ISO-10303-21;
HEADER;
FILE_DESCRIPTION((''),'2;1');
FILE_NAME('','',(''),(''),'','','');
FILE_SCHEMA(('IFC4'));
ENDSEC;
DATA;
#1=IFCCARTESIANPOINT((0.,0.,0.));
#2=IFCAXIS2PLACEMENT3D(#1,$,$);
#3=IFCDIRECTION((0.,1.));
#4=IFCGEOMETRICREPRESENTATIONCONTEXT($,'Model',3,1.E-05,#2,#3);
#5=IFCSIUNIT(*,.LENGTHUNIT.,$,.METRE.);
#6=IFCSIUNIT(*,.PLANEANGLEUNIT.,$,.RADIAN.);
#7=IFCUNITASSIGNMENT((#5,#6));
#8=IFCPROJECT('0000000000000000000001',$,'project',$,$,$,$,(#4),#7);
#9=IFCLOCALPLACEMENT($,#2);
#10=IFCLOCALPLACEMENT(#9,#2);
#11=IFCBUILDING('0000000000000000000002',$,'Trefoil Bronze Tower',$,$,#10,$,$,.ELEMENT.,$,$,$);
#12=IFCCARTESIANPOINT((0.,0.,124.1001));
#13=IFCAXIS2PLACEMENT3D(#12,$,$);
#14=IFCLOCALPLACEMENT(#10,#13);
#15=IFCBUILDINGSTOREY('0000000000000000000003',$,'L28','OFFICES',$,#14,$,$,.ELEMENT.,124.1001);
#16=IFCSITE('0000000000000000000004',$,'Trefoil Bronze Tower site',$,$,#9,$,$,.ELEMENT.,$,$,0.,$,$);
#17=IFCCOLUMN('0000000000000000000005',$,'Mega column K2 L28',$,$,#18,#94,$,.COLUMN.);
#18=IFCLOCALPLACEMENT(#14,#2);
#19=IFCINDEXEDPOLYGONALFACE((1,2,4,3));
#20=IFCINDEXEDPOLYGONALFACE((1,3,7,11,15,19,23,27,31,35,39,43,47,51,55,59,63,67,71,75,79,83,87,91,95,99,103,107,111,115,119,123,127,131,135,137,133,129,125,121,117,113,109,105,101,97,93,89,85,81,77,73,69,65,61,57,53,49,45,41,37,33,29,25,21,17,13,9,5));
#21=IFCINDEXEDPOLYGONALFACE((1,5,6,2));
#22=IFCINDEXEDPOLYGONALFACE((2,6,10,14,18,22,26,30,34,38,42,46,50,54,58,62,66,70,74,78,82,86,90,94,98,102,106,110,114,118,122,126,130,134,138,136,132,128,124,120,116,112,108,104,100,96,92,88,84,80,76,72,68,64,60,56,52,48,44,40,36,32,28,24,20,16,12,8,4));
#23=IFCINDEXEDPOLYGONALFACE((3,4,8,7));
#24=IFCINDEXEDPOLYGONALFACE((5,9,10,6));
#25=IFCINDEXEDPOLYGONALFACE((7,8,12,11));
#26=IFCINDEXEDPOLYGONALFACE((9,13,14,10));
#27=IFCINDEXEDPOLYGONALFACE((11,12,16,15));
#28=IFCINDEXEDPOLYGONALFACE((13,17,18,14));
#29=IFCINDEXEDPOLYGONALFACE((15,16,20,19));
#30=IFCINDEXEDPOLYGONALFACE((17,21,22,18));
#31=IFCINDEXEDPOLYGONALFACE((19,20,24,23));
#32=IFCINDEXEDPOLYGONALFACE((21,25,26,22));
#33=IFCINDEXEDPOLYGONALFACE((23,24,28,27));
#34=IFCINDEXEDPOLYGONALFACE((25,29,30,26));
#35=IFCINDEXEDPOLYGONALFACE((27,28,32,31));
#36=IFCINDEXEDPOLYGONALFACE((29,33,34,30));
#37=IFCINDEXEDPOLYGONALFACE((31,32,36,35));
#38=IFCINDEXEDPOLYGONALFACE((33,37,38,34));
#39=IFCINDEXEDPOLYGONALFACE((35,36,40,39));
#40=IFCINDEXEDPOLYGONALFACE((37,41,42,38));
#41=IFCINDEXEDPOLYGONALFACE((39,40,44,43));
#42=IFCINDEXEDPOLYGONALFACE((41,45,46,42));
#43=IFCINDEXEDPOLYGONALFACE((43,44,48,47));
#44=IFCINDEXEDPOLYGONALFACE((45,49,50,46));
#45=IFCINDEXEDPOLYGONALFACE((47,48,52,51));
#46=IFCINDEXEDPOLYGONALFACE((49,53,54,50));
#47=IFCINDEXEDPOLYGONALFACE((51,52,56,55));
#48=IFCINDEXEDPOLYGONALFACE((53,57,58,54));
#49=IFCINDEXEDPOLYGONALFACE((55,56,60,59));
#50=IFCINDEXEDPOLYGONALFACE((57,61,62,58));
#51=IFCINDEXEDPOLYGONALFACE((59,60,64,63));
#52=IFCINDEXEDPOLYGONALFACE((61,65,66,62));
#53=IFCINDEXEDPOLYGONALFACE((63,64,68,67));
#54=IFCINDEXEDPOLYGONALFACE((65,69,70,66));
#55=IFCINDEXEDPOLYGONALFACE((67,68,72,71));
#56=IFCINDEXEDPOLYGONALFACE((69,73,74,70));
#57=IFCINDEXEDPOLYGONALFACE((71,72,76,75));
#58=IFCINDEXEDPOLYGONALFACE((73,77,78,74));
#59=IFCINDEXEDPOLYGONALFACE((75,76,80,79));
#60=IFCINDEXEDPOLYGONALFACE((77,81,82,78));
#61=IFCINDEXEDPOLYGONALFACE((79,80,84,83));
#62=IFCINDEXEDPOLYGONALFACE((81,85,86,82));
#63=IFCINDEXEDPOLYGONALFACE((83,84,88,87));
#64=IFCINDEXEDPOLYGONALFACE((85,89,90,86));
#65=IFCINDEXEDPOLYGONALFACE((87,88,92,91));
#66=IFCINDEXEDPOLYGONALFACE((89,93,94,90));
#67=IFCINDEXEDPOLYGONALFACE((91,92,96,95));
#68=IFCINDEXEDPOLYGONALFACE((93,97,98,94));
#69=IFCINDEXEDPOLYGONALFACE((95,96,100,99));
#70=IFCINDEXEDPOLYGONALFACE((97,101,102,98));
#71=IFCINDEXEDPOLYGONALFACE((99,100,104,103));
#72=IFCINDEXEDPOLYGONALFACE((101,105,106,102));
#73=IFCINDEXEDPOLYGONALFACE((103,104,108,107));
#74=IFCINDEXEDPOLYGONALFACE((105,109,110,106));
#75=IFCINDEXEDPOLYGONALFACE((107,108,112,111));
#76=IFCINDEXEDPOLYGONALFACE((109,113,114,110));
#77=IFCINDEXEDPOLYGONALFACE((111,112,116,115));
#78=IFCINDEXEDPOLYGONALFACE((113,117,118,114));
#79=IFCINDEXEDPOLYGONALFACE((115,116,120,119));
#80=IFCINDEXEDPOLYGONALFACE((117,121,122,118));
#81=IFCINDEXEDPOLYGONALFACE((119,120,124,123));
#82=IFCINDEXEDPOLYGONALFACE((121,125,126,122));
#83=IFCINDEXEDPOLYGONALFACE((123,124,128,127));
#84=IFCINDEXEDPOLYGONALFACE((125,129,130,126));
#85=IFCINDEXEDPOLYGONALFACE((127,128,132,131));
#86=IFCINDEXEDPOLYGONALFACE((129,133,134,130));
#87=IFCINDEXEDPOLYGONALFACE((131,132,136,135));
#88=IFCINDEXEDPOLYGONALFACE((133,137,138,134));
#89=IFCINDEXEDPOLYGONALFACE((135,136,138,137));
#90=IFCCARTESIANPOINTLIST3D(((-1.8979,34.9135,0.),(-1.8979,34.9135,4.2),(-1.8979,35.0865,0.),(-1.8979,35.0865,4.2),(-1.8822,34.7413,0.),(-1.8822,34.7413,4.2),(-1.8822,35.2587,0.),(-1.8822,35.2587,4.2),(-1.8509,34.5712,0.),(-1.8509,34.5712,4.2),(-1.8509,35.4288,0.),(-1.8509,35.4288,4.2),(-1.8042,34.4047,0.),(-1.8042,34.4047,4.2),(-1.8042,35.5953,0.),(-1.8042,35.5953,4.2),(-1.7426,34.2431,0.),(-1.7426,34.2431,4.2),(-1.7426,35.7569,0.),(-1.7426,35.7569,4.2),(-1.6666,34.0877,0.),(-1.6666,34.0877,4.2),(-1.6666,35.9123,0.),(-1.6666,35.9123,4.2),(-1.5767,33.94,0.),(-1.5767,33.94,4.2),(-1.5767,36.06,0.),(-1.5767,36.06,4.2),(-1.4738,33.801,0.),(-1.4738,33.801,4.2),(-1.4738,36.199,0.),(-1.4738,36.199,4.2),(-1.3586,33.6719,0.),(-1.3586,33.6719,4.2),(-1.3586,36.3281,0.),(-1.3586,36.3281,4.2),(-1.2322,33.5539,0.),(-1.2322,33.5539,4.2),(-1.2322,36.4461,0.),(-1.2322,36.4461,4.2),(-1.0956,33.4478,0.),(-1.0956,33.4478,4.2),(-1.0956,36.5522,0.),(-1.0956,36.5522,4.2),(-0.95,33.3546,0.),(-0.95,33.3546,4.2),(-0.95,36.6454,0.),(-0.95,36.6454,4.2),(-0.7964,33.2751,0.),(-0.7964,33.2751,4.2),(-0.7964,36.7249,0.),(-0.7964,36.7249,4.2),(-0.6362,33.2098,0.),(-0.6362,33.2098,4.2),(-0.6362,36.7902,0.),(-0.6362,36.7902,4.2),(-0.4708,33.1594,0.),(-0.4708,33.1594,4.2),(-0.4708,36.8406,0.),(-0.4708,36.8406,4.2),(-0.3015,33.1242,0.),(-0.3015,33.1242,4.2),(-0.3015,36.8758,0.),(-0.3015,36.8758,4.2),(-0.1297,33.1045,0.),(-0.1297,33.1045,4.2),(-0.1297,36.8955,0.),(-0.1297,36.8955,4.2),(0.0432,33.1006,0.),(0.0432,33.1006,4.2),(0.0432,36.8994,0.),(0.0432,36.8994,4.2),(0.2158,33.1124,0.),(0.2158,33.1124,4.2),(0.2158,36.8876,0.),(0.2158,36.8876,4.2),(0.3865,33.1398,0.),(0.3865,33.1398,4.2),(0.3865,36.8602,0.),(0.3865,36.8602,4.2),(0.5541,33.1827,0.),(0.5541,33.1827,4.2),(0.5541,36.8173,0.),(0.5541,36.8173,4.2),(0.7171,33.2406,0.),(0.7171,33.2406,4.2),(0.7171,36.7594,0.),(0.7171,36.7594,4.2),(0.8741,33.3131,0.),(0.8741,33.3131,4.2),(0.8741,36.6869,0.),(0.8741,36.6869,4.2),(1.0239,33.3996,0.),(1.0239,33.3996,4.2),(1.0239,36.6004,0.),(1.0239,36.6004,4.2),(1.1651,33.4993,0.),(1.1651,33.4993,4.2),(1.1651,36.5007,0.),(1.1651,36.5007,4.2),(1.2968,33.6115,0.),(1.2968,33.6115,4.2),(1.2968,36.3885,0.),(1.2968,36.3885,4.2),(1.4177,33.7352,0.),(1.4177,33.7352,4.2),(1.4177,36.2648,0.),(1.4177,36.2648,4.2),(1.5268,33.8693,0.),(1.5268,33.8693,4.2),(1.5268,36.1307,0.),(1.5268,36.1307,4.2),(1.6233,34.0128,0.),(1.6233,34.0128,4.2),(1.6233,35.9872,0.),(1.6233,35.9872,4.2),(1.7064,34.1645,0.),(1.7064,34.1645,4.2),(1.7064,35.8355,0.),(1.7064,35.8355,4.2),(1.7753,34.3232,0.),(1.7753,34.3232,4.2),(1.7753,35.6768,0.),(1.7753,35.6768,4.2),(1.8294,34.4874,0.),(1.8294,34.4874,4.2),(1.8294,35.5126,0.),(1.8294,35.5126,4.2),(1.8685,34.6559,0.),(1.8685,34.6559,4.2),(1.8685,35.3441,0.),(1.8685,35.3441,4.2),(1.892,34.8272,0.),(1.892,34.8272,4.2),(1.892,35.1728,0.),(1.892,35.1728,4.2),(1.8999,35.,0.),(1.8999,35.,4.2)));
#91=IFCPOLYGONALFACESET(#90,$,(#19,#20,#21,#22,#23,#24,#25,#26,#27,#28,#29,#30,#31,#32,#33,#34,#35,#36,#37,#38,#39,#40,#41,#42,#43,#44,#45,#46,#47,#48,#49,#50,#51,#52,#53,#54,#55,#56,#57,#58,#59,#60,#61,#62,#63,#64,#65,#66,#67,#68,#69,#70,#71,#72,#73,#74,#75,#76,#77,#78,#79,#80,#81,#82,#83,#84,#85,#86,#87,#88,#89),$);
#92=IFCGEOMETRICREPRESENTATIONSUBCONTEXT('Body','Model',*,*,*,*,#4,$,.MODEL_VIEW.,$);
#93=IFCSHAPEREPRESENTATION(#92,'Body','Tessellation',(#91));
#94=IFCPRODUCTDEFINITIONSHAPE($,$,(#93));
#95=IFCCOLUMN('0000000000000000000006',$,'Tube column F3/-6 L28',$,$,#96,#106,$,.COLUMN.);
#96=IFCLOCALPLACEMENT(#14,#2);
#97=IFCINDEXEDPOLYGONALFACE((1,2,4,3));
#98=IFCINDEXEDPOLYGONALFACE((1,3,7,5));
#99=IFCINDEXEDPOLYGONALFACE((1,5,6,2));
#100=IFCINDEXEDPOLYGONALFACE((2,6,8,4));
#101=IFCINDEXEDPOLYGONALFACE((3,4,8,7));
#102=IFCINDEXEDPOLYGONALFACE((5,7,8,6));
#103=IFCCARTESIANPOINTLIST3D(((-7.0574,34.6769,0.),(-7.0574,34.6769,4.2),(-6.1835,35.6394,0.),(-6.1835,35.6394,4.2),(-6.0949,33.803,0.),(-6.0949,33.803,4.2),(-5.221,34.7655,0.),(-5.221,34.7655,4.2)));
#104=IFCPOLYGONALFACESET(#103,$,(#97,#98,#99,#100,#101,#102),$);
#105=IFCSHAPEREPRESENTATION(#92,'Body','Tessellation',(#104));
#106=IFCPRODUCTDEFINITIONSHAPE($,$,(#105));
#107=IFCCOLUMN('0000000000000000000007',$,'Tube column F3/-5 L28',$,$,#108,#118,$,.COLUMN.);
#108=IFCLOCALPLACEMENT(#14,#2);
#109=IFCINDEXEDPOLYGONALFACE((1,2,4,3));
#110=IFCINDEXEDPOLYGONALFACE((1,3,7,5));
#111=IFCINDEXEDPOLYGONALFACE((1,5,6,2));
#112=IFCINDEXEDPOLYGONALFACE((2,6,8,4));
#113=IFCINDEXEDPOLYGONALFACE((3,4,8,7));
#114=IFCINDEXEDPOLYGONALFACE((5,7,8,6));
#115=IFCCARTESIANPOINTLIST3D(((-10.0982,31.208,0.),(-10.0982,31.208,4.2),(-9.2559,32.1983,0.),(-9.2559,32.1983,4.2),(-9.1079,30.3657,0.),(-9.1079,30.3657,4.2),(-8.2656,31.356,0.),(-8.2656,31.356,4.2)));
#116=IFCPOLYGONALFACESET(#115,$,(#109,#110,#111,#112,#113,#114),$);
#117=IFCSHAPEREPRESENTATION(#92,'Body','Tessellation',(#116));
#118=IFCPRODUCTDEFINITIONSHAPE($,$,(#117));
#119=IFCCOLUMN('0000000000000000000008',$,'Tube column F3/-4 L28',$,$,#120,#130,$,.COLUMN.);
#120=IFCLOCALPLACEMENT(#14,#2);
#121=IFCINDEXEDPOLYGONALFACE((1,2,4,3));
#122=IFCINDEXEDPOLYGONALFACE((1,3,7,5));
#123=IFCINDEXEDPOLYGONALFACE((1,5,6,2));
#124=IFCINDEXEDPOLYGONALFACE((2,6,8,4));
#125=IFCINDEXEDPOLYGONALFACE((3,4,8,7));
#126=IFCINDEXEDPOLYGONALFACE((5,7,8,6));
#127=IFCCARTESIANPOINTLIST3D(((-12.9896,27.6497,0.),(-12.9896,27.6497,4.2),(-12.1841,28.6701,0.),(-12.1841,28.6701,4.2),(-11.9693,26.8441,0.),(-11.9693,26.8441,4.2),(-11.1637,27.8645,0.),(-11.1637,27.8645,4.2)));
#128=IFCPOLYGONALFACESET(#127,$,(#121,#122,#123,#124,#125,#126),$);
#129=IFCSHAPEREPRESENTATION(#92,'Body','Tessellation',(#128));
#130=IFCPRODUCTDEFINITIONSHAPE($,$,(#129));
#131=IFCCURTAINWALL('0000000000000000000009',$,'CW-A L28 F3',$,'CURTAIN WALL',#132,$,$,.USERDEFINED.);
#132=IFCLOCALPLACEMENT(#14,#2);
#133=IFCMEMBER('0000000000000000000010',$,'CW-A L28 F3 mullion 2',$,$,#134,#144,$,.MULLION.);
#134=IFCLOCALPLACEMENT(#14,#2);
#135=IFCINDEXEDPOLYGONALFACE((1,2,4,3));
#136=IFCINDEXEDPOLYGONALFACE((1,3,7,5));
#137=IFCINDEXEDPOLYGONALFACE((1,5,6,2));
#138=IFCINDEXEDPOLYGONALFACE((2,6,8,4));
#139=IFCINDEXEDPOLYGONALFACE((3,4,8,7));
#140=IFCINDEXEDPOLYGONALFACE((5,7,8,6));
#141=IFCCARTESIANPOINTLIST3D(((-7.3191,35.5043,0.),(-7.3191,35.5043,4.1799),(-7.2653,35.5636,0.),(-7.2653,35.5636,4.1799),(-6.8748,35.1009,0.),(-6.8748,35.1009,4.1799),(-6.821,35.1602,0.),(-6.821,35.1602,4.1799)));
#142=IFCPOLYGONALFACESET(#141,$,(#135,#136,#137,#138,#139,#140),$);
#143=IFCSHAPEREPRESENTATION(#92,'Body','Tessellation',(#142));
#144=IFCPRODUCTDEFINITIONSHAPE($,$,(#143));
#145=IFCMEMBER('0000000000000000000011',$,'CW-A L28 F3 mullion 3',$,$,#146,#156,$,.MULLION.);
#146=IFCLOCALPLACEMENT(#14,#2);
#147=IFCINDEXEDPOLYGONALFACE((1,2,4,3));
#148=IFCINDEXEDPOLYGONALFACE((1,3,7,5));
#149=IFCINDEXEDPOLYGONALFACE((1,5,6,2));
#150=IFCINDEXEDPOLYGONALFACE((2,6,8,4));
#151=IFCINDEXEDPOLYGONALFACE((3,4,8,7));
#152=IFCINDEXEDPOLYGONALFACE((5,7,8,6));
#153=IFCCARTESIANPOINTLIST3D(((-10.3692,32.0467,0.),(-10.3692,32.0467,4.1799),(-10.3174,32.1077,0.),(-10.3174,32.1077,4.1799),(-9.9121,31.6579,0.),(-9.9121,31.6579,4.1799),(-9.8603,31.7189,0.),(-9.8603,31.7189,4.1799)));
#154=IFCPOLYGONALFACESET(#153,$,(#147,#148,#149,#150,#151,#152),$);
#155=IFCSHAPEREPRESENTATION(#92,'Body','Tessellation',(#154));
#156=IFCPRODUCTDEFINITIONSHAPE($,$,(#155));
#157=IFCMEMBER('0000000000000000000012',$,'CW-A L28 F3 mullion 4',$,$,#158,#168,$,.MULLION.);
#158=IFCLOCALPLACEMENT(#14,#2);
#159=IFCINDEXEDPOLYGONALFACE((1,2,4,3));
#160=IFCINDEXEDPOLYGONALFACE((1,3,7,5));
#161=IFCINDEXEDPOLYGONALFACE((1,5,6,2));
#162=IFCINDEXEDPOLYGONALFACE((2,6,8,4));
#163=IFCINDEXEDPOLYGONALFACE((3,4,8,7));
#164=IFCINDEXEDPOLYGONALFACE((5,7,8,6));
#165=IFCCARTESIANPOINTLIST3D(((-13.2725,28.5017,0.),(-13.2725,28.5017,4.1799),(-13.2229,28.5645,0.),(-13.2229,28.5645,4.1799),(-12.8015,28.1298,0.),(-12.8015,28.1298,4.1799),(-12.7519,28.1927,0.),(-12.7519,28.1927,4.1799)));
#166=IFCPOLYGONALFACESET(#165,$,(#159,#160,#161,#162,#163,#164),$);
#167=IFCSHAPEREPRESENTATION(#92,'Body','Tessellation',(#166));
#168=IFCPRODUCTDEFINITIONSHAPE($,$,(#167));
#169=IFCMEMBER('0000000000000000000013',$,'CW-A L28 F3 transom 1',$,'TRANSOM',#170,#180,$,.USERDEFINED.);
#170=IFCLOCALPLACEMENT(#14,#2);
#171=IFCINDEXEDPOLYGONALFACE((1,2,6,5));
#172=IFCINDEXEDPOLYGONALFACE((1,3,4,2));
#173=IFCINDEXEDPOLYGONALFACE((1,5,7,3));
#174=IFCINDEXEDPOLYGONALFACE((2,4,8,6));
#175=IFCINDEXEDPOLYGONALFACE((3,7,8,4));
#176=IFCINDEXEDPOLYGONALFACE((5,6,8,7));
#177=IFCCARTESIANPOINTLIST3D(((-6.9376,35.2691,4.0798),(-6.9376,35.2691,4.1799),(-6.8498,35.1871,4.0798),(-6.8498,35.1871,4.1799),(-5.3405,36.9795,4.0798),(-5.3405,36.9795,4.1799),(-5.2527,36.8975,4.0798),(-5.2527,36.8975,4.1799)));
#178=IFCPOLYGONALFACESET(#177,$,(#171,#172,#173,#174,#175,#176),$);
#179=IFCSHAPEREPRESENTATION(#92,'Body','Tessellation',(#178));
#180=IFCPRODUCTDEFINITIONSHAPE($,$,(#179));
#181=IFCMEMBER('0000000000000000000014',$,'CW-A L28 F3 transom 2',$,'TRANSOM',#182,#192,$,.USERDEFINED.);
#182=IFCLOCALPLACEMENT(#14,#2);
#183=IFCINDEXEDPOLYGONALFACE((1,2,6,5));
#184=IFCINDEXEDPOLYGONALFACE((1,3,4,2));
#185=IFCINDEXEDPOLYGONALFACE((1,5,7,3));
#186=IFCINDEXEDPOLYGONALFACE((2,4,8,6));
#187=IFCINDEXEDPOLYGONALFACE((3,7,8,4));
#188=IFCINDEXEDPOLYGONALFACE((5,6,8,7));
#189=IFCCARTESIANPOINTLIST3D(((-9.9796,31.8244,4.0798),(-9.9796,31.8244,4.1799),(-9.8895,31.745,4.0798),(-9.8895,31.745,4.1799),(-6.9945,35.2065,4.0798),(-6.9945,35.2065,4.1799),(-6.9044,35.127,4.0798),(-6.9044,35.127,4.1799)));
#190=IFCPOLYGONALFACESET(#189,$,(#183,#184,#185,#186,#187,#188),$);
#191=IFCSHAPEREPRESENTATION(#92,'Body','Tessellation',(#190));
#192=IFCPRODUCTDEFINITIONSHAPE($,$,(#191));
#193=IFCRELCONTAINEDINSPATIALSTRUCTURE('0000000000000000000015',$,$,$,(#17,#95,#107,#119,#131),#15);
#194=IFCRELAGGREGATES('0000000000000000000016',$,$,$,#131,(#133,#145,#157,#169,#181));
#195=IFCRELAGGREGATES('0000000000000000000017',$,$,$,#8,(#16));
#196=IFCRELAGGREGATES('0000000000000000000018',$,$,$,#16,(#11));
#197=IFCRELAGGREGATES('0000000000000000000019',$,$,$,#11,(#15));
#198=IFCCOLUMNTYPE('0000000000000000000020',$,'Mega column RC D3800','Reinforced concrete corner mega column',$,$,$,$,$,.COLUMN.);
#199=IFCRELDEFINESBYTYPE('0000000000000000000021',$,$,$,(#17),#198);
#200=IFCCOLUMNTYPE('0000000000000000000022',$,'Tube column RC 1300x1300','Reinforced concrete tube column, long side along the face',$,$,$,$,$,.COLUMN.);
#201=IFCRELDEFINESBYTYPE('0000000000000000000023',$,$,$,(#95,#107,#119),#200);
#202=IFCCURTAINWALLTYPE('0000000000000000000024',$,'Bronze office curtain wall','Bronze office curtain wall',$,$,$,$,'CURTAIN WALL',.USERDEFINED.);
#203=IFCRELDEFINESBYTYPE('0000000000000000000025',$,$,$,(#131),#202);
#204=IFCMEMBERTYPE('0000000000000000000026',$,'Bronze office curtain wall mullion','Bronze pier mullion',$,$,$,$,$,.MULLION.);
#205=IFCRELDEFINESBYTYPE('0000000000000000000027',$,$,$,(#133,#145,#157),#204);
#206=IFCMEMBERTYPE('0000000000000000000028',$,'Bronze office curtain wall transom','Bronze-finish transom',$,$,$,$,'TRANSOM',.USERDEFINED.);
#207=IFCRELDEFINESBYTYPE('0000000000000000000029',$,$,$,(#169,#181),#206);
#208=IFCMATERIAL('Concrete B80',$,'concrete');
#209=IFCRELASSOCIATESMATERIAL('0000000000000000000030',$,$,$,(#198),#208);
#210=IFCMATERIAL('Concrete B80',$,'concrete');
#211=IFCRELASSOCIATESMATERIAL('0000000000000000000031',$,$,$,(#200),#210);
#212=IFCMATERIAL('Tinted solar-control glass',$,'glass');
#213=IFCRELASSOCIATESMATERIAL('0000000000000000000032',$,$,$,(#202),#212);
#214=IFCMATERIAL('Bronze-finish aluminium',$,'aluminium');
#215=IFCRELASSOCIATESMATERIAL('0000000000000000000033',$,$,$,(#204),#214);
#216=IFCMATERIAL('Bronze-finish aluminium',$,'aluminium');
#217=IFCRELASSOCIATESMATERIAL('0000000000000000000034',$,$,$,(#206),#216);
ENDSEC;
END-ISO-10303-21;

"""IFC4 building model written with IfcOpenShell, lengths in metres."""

from ifc_helpers import new_model, si_unit, direction, frame, origin, origin_2d, place, context, subcontext, project, spatial, rectangle, circle, extrude, material, material_profile, profile_set, type_object, element, aggregate, save


model = new_model("IFC4")

# Units and contexts
model_context = context("Model", 3, precision=1e-05, world=origin(), true_north=direction((0.0, 1.0)))
body_context = subcontext(model_context, "Body", "Model", "MODEL_VIEW")
ifc_project = project(units=[si_unit("LENGTHUNIT", "METRE"), si_unit("PLANEANGLEUNIT", "RADIAN")], contexts=[model_context])

# Site, building, storey
site_placement = place(None, origin())
site = spatial("IfcSite", under=ifc_project, at=site_placement, Name="Trefoil Bronze Tower site", CompositionType="ELEMENT", RefElevation=0.0)
building_placement = place(site_placement, origin())
building = spatial("IfcBuilding", under=site, at=building_placement, Name="Trefoil Bronze Tower", CompositionType="ELEMENT")
storey_placement = place(building_placement, frame((0.0, 0.0, 124.1001)))
storey = spatial("IfcBuildingStorey", under=building, at=storey_placement, Name="L28", Description="OFFICES", CompositionType="ELEMENT", Elevation=124.1001)

# Columns
ifc_material_1 = material(Name="Concrete B80", Category="concrete")
ifc_material_profile_1 = material_profile(ifc_material_1, circle(Radius=1.8999, at=origin_2d()), Name="RC D3800")
ifc_profile_set_1 = profile_set([ifc_material_profile_1], Name="Concrete B80")
column_type_1 = type_object("IfcColumnType", Name="Mega column RC D3800", Description="Reinforced concrete corner mega column", PredefinedType="COLUMN", material=ifc_profile_set_1)
column_placement = place(storey_placement, frame((0.0, 35.0, 0.0), z_axis=(0.0, 0.0, 1.0), x_axis=(1.0, 0.0, 0.0)))
element("IfcColumn", 1, at=column_placement, inside=storey, type_object=column_type_1, Name="Mega column K2 L28", PredefinedType="COLUMN", context=body_context, shape_type="SweptSolid", body=[
    extrude(circle(Radius=1.8999, at=origin_2d()), origin(), (0.0, 0.0, 1.0), 4.2),
])
ifc_material_2 = material(Name="Concrete B80", Category="concrete")
ifc_material_profile_2 = material_profile(ifc_material_2, rectangle(XDim=1.3, YDim=1.3, at=origin_2d()), Name="RC 1300x1300")
ifc_profile_set_2 = profile_set([ifc_material_profile_2], Name="Concrete B80")
column_type_2 = type_object("IfcColumnType", Name="Tube column RC 1300x1300", Description="Reinforced concrete tube column, long side along the face", PredefinedType="COLUMN", material=ifc_profile_set_2)
for number, where, z_axis, x_axis, name in (
    (2, (-6.1392, 34.7212, 0.0), (0.0, 0.0, 1.0), (-0.67221, -0.740361, 0.0), "Tube column F3/-6 L28"),
    (3, (-9.1819, 31.282, 0.0), (0.0, 0.0, 1.0), (-0.647904, -0.761722, 0.0), "Tube column F3/-5 L28"),
    (4, (-12.0767, 27.7571, 0.0), (0.0, 0.0, 1.0), (-0.619649, -0.784879, 0.0), "Tube column F3/-4 L28"),
):
    element("IfcColumn", number, at=place(storey_placement, frame(where, z_axis=z_axis, x_axis=x_axis)), inside=storey, type_object=column_type_2, Name=name, PredefinedType="COLUMN", context=body_context, shape_type="SweptSolid", body=[
        extrude(rectangle(XDim=1.3, YDim=1.3, at=origin_2d()), origin(), (0.0, 0.0, 1.0), 4.2),
    ])

# Curtain wall, members
ifc_material_3 = material(Name="Tinted solar-control glass", Category="glass")
curtain_wall_type_1 = type_object("IfcCurtainWallType", Name="Bronze office curtain wall", Description="Bronze office curtain wall", ElementType="CURTAIN WALL", PredefinedType="USERDEFINED", material=ifc_material_3)
curtain_wall_1_placement = place(storey_placement, origin())
curtain_wall_1 = element("IfcCurtainWall", 5, at=curtain_wall_1_placement, inside=storey, type_object=curtain_wall_type_1, Name="CW-A L28 F3", ObjectType="CURTAIN WALL", PredefinedType="USERDEFINED")
ifc_material_4 = material(Name="Bronze-finish aluminium", Category="aluminium")
ifc_material_profile_3 = material_profile(ifc_material_4, rectangle(XDim=0.6001, YDim=0.0801, at=origin_2d()), Name="CW-A mullion")
ifc_profile_set_3 = profile_set([ifc_material_profile_3], Name="Bronze-finish aluminium")
member_type_1 = type_object("IfcMemberType", Name="Bronze office curtain wall mullion", Description="Bronze pier mullion", PredefinedType="MULLION", material=ifc_profile_set_3)
member_1_placement = place(storey_placement, frame((-7.0701, 35.3323, 0.0), z_axis=(0.0, 0.0, 1.0), x_axis=(0.740361, -0.67221, 0.0)))
member_1 = element("IfcMember", 6, at=member_1_placement, type_object=member_type_1, Name="CW-A L28 F3 mullion 2", PredefinedType="MULLION", context=body_context, shape_type="SweptSolid", body=[
    extrude(rectangle(XDim=0.6001, YDim=0.0801, at=origin_2d()), origin(), (0.0, 0.0, 1.0), 4.1799),
])
member_2_placement = place(storey_placement, frame((-10.1147, 31.8828, 0.0), z_axis=(0.0, 0.0, 1.0), x_axis=(0.761722, -0.647904, 0.0)))
member_2 = element("IfcMember", 7, at=member_2_placement, type_object=member_type_1, Name="CW-A L28 F3 mullion 3", PredefinedType="MULLION", context=body_context, shape_type="SweptSolid", body=[
    extrude(rectangle(XDim=0.6001, YDim=0.0801, at=origin_2d()), origin(), (0.0, 0.0, 1.0), 4.1799),
])
member_3_placement = place(storey_placement, frame((-13.0122, 28.3472, 0.0), z_axis=(0.0, 0.0, 1.0), x_axis=(0.784879, -0.619649, 0.0)))
member_3 = element("IfcMember", 8, at=member_3_placement, type_object=member_type_1, Name="CW-A L28 F3 mullion 4", PredefinedType="MULLION", context=body_context, shape_type="SweptSolid", body=[
    extrude(rectangle(XDim=0.6001, YDim=0.0801, at=origin_2d()), origin(), (0.0, 0.0, 1.0), 4.1799),
])
ifc_material_5 = material(Name="Bronze-finish aluminium", Category="aluminium")
ifc_material_profile_4 = material_profile(ifc_material_5, rectangle(XDim=0.1201, YDim=0.1001, at=origin_2d()), Name="CW-A transom")
ifc_profile_set_4 = profile_set([ifc_material_profile_4], Name="Bronze-finish aluminium")
member_type_2 = type_object("IfcMemberType", Name="Bronze office curtain wall transom", Description="Bronze-finish transom", ElementType="TRANSOM", PredefinedType="USERDEFINED", material=ifc_profile_set_4)
member_4_placement = place(storey_placement, frame((-5.2966, 36.9385, 4.1299), z_axis=(-0.682489, -0.730896, 0.0), x_axis=(0.730896, -0.682489, 0.0)))
member_4 = element("IfcMember", 9, at=member_4_placement, type_object=member_type_2, Name="CW-A L28 F3 transom 1", ObjectType="TRANSOM", PredefinedType="USERDEFINED", context=body_context, shape_type="SweptSolid", body=[
    extrude(rectangle(XDim=0.1201, YDim=0.1001, at=origin_2d()), origin(), (0.0, 0.0, 1.0), 2.3401),
])
member_5_placement = place(storey_placement, frame((-6.9495, 35.1667, 4.1299), z_axis=(-0.661736, -0.749737, 0.0), x_axis=(0.749737, -0.661736, 0.0)))
member_5 = element("IfcMember", 10, at=member_5_placement, type_object=member_type_2, Name="CW-A L28 F3 transom 2", ObjectType="TRANSOM", PredefinedType="USERDEFINED", context=body_context, shape_type="SweptSolid", body=[
    extrude(rectangle(XDim=0.1201, YDim=0.1001, at=origin_2d()), origin(), (0.0, 0.0, 1.0), 4.511),
])

aggregate(curtain_wall_1, [member_1, member_2, member_3, member_4, member_5])

save(model, "model.ifc")
